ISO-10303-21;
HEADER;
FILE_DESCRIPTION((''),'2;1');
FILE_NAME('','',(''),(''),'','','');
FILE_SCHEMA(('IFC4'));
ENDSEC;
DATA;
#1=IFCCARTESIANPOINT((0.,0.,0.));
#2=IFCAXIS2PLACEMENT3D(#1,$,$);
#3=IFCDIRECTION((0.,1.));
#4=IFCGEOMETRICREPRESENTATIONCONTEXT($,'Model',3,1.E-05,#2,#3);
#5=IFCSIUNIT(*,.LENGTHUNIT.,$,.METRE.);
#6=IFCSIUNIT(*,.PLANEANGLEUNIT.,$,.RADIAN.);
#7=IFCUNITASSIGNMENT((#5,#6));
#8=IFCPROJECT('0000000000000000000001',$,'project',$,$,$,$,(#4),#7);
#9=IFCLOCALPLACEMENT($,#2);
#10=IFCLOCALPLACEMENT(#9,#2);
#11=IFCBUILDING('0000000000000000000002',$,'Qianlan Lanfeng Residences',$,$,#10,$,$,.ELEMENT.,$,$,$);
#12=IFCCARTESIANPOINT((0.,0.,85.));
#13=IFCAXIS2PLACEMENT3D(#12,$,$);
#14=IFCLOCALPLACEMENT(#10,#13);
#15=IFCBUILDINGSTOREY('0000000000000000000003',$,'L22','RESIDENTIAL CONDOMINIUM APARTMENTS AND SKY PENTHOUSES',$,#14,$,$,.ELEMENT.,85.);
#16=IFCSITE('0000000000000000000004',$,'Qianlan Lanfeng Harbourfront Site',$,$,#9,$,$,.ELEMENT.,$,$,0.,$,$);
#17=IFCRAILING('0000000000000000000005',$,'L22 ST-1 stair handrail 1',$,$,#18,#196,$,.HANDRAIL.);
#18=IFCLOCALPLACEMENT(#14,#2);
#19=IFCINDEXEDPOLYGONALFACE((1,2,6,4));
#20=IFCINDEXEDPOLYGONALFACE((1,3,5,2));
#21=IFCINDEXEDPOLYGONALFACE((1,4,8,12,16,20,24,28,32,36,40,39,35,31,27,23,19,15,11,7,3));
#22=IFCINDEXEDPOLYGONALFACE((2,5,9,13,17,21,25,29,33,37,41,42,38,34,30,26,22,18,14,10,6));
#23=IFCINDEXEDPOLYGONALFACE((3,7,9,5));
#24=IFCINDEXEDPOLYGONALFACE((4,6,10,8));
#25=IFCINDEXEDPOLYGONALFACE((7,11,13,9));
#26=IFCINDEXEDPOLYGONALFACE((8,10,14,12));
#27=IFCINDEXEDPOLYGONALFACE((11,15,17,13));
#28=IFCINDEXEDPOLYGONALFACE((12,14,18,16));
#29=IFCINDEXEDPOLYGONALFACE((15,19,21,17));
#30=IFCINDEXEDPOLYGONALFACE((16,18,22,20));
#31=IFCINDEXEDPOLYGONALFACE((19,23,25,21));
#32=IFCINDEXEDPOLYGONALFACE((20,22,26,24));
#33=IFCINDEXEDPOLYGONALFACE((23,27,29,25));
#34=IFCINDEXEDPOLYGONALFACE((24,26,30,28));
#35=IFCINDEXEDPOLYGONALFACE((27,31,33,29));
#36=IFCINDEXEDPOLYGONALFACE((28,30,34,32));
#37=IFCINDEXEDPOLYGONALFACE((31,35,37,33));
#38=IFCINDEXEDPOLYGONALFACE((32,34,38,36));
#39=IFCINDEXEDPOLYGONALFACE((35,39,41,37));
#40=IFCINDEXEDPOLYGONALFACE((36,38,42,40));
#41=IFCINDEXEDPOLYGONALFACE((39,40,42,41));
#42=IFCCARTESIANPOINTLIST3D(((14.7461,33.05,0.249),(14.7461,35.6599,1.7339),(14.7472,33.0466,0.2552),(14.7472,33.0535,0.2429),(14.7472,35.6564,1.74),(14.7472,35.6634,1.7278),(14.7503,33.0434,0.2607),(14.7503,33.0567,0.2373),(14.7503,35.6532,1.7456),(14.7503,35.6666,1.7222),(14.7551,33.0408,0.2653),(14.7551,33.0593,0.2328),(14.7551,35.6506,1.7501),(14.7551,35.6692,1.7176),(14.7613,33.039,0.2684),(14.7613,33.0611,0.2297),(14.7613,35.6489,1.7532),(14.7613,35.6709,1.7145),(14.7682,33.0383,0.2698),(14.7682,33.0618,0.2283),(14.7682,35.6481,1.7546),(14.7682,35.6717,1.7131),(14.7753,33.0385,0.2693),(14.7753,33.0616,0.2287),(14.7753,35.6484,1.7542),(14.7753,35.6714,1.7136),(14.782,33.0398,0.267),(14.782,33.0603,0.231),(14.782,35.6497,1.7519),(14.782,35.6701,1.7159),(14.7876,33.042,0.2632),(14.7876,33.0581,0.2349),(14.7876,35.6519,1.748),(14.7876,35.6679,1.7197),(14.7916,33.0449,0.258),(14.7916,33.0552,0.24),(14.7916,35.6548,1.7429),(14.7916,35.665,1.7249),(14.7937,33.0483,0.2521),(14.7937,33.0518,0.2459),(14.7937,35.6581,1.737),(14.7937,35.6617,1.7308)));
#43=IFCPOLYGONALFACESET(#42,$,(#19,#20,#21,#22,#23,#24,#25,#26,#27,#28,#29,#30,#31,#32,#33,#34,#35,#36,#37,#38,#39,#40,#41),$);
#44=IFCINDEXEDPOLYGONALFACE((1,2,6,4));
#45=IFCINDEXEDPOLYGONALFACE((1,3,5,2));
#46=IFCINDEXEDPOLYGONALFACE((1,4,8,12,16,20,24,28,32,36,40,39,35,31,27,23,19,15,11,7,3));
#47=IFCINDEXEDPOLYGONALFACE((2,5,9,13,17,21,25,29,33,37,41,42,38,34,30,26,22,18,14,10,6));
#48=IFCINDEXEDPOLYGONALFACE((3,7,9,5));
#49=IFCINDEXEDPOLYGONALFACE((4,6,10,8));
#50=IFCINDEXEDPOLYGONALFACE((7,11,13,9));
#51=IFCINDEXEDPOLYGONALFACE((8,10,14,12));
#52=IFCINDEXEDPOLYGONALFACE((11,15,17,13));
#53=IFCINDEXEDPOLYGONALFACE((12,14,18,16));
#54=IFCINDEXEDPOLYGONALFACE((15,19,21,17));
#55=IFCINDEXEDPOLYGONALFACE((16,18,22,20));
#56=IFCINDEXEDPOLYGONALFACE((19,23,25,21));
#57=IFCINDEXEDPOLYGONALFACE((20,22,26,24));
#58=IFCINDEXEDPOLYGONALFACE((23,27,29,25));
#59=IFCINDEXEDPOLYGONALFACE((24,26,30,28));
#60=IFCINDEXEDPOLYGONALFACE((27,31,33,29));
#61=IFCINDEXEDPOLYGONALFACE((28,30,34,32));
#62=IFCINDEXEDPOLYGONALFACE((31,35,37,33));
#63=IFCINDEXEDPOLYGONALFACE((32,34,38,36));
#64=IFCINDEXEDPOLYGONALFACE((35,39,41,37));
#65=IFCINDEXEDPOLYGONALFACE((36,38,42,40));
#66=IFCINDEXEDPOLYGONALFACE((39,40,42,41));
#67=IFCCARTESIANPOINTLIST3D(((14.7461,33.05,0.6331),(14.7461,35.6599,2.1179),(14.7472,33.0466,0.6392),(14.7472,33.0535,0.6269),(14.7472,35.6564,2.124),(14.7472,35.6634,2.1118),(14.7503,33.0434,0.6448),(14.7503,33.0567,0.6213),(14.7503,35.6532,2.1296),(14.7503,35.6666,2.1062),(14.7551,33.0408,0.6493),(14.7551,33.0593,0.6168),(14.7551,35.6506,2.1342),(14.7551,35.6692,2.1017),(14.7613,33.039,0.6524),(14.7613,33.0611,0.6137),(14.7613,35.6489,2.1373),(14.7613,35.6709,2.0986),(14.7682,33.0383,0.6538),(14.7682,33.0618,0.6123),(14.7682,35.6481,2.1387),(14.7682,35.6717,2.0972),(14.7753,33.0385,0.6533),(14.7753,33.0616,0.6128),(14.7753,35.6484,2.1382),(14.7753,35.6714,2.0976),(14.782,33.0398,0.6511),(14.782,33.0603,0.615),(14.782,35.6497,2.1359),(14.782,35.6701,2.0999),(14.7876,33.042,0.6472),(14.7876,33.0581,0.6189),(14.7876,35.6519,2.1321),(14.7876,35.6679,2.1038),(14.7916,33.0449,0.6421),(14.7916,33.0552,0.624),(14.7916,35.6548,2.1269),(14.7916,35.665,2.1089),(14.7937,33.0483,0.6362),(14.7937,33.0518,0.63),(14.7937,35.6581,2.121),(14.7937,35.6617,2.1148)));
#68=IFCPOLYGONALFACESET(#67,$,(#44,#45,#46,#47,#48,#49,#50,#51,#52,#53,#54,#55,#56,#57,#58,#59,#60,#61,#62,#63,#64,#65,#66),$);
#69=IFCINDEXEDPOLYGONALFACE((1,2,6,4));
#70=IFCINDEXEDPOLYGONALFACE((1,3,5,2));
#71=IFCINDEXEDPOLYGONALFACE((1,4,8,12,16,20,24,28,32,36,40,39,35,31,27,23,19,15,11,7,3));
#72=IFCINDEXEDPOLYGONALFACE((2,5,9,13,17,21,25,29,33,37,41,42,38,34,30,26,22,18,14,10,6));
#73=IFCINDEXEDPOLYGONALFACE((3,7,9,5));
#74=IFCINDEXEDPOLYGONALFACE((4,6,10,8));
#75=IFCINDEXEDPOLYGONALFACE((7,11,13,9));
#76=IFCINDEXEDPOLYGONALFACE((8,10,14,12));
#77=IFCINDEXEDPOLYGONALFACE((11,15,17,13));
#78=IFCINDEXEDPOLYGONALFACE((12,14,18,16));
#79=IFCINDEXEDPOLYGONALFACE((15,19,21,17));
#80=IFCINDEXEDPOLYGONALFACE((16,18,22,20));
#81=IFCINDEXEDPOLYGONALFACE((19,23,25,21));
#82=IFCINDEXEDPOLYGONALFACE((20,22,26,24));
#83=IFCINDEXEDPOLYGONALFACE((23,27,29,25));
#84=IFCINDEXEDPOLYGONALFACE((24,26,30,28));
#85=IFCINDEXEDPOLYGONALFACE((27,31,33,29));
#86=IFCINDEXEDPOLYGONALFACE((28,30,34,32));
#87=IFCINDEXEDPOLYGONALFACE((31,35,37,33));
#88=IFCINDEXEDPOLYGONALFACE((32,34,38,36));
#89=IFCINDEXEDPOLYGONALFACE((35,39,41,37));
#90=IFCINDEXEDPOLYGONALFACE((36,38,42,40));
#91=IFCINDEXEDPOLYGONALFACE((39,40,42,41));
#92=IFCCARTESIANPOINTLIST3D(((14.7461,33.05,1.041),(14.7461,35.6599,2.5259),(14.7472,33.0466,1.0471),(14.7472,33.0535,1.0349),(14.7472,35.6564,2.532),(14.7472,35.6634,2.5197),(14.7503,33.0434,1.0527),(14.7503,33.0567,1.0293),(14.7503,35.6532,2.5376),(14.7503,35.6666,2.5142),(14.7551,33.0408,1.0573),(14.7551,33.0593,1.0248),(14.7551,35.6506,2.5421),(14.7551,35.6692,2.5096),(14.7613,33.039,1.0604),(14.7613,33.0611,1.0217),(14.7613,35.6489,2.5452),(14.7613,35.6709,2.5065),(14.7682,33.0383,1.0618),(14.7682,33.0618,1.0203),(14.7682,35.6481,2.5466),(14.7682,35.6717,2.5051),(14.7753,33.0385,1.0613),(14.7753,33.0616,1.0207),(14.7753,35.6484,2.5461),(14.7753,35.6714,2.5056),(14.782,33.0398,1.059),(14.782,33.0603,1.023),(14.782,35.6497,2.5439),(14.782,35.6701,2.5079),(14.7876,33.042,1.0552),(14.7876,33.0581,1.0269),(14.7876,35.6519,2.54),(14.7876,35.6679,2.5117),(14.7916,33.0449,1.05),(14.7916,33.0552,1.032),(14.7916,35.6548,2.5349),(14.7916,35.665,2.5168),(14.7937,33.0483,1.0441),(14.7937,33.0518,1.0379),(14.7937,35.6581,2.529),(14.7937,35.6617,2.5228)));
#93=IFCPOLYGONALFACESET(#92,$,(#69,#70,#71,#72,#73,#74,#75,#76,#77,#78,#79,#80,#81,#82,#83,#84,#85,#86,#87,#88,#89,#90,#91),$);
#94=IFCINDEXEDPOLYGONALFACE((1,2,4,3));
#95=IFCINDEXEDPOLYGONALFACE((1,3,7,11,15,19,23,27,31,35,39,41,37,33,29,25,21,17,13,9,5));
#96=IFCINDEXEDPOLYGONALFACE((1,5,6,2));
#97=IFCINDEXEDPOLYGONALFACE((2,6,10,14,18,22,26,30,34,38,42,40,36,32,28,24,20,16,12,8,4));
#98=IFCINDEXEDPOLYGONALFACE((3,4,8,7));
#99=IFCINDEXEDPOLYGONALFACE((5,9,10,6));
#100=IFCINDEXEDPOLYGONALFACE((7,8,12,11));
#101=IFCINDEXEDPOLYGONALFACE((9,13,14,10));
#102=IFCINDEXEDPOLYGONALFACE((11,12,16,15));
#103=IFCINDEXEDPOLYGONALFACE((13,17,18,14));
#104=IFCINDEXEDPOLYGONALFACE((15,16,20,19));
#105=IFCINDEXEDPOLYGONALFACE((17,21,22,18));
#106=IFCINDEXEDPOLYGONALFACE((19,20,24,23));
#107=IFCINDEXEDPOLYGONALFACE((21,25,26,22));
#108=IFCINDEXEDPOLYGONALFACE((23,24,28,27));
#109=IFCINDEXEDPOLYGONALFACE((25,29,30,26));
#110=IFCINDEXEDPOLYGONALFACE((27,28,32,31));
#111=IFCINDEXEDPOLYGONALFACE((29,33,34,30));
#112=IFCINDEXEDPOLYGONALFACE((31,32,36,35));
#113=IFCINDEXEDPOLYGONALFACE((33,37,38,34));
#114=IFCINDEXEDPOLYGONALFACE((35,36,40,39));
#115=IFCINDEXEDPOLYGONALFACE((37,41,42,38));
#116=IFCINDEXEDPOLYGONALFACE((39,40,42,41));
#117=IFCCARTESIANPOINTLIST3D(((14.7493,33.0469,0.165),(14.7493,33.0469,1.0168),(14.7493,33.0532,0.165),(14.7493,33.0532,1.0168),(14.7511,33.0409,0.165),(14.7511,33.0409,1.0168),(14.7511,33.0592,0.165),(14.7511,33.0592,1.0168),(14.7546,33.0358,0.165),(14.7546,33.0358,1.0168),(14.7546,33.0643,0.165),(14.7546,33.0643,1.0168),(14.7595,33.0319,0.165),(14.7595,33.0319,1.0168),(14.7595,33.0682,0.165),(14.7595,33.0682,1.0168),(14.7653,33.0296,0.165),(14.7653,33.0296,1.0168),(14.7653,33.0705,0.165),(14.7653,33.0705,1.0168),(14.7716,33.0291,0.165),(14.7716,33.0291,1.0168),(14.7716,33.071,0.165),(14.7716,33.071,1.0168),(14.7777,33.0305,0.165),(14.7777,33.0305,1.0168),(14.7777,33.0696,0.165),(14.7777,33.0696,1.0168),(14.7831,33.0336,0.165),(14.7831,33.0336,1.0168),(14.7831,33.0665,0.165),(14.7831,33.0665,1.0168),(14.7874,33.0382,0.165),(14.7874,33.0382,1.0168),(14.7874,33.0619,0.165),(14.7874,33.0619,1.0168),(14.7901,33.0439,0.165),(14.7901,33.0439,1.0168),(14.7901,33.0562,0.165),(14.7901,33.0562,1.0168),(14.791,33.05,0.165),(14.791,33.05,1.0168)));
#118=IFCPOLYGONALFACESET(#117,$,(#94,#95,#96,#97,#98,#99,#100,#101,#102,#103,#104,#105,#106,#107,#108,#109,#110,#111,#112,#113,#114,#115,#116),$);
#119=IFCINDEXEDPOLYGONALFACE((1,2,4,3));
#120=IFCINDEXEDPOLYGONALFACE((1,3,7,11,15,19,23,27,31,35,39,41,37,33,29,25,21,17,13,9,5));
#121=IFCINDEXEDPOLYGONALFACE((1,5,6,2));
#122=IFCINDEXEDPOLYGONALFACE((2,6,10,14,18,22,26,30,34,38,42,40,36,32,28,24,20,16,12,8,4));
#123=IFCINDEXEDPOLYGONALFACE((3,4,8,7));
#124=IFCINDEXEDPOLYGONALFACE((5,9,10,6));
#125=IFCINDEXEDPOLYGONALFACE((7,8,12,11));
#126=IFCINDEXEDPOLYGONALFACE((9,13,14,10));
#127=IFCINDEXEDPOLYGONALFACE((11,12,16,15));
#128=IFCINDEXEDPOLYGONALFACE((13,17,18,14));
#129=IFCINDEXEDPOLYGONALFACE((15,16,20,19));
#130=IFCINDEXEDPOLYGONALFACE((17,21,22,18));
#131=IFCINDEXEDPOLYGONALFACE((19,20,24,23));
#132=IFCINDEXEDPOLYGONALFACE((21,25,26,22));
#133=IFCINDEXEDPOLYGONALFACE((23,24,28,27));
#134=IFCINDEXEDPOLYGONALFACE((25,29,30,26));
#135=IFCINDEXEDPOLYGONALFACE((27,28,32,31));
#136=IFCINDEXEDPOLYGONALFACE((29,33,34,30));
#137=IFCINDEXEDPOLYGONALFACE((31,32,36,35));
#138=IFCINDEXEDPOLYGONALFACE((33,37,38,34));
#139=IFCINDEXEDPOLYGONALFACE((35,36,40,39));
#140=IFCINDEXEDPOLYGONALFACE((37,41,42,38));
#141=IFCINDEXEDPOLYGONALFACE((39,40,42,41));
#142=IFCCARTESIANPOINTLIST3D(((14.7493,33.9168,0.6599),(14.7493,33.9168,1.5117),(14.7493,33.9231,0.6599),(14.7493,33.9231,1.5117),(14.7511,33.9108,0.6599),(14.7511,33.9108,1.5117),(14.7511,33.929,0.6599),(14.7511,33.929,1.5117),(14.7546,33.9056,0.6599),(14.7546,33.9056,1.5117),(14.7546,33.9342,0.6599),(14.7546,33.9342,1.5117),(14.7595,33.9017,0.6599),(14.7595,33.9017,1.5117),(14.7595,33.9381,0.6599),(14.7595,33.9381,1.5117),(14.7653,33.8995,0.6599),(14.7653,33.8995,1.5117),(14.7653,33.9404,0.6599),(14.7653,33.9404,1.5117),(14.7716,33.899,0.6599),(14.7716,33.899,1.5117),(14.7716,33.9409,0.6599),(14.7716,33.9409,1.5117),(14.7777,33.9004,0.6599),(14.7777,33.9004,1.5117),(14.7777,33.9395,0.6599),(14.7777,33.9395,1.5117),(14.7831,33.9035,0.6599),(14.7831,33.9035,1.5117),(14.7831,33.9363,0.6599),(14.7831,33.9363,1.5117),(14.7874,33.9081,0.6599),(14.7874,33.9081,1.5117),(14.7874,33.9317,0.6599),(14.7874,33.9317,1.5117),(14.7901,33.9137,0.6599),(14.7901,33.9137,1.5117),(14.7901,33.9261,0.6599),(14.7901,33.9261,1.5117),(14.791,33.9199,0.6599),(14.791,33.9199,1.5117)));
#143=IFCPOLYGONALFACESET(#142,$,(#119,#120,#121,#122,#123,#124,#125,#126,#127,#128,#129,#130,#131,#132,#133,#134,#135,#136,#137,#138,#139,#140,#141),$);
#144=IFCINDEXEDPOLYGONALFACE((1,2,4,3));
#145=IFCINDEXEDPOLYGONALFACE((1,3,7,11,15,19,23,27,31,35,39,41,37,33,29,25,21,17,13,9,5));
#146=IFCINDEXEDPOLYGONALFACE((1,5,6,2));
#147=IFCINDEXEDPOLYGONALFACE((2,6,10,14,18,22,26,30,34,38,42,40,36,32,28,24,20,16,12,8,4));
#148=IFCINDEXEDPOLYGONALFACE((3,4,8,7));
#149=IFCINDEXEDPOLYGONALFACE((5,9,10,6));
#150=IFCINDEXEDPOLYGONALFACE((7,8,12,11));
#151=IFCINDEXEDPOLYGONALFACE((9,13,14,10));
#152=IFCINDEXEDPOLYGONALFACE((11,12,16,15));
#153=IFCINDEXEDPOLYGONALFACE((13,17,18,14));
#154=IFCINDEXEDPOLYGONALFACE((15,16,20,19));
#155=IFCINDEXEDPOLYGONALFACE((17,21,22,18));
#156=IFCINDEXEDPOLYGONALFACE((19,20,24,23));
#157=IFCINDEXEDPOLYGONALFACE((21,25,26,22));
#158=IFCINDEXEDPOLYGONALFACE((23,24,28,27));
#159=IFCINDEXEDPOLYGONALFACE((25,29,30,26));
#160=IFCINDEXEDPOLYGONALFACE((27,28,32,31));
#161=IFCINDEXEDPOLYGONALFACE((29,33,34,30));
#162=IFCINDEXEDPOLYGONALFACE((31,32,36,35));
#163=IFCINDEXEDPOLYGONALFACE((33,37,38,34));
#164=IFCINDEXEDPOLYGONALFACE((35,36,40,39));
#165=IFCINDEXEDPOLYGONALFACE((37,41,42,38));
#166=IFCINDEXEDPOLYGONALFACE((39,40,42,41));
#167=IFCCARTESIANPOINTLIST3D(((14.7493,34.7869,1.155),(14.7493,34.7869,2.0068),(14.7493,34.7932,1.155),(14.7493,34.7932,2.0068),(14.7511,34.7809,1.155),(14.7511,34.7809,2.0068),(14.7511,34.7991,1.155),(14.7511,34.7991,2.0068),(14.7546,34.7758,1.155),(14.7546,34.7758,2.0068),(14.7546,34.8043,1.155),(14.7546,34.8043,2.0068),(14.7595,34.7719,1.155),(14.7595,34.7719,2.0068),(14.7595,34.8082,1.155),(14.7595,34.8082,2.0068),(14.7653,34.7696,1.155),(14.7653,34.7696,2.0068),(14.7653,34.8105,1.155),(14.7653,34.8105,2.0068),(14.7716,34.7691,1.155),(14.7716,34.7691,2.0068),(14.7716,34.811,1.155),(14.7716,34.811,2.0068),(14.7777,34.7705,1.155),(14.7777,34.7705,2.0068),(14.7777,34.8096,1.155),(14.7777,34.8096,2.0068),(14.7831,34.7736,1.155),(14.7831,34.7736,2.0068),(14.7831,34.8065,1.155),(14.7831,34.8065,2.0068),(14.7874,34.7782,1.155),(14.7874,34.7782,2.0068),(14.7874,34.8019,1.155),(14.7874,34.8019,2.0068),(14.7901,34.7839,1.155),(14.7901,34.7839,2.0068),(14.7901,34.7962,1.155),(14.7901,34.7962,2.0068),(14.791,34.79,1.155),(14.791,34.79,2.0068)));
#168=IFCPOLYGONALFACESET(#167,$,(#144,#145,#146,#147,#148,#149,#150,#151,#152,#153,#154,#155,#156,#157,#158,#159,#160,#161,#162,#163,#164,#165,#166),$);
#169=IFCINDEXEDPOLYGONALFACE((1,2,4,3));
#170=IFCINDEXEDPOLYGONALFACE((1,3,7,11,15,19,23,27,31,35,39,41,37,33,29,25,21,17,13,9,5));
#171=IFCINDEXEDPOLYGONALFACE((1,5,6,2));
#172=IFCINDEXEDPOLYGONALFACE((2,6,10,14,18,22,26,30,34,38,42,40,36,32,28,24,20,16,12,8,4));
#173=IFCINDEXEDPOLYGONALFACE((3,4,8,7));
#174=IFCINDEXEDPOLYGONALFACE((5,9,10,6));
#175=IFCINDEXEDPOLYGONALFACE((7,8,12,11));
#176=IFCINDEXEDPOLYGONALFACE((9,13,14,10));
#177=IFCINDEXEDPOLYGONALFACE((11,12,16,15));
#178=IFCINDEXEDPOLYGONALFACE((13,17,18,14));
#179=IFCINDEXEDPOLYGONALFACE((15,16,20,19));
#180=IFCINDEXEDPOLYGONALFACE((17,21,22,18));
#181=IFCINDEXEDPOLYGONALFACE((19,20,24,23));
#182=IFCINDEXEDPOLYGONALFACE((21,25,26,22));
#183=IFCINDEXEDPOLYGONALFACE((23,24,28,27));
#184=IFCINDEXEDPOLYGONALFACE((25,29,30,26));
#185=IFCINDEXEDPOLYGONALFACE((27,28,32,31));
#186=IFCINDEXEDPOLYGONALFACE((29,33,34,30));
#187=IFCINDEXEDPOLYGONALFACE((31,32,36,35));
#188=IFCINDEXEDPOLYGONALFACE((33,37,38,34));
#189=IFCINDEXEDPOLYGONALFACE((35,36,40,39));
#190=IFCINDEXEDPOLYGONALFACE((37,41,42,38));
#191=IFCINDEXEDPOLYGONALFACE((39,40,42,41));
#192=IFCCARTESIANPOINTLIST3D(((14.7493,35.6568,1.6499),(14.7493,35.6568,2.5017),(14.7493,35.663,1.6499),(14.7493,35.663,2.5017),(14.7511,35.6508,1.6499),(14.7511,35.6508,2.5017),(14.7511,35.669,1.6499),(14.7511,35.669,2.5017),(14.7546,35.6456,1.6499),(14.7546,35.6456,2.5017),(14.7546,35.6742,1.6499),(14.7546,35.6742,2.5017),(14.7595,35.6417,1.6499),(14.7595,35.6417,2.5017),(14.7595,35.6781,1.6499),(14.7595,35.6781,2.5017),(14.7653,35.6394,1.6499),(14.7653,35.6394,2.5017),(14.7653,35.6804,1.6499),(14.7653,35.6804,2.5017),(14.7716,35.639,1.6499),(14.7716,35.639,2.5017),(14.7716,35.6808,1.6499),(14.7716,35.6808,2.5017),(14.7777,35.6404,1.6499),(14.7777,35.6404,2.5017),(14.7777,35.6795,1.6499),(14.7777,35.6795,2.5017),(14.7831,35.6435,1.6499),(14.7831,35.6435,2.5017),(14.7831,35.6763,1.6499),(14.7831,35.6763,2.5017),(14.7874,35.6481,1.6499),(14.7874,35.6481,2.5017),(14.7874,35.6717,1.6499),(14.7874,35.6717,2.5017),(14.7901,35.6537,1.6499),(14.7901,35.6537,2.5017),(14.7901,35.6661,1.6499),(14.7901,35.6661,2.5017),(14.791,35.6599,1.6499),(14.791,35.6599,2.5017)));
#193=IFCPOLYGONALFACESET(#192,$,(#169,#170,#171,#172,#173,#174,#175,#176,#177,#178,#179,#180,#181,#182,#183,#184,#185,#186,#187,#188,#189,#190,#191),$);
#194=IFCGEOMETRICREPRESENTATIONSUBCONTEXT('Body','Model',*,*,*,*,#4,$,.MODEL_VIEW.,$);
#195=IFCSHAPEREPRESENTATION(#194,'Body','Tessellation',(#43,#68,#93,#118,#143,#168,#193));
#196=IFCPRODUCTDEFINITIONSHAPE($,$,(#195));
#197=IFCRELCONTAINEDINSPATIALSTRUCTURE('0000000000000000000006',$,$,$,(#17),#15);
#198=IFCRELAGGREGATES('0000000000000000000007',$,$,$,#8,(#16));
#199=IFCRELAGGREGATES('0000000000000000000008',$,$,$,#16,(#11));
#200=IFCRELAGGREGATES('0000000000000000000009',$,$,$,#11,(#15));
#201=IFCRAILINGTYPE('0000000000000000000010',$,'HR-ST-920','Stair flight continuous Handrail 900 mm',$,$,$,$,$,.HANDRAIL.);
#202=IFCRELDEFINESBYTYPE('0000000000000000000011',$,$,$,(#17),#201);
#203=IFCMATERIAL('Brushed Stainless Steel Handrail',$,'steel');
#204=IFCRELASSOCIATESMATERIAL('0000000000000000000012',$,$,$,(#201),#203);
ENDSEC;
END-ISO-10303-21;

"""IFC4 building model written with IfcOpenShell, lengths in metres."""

from ifc_helpers import new_model, si_unit, direction, frame, origin, origin_2d, place, context, subcontext, project, spatial, circle, extrude, material, type_object, element, save


model = new_model("IFC4")

# Units and contexts
model_context = context("Model", 3, precision=1e-05, world=origin(), true_north=direction((0.0, 1.0)))
body_context = subcontext(model_context, "Body", "Model", "MODEL_VIEW")
ifc_project = project(units=[si_unit("LENGTHUNIT", "METRE"), si_unit("PLANEANGLEUNIT", "RADIAN")], contexts=[model_context])

# Site, building, storey
site_placement = place(None, origin())
site = spatial("IfcSite", under=ifc_project, at=site_placement, Name="Qianlan Lanfeng Harbourfront Site", CompositionType="ELEMENT", RefElevation=0.0)
building_placement = place(site_placement, origin())
building = spatial("IfcBuilding", under=site, at=building_placement, Name="Qianlan Lanfeng Residences", CompositionType="ELEMENT")
storey_placement = place(building_placement, frame((0.0, 0.0, 85.0)))
storey = spatial("IfcBuildingStorey", under=building, at=storey_placement, Name="L22", Description="RESIDENTIAL CONDOMINIUM APARTMENTS AND SKY PENTHOUSES", CompositionType="ELEMENT", Elevation=85.0)

# Railing
ifc_material_1 = material(Name="Brushed Stainless Steel Handrail", Category="steel")
railing_type_1 = type_object("IfcRailingType", Name="HR-ST-920", Description="Stair flight continuous Handrail 900 mm", PredefinedType="HANDRAIL", material=ifc_material_1)
railing_1_placement = place(storey_placement, frame((14.77, 33.05, 0.165)))
element("IfcRailing", 1, at=railing_1_placement, inside=storey, type_object=railing_type_1, Name="L22 ST-1 stair handrail 1", PredefinedType="HANDRAIL", context=body_context, shape_type="SweptSolid", body=[
    extrude(circle(Radius=0.0239, at=origin_2d()), frame((0.0, 0.0, 0.084), z_axis=(0.0, 0.869172, 0.494509), x_axis=(-1.0, 0.0, 0.0)), (0.0, 0.0, 1.0), 3.0027),
    extrude(circle(Radius=0.0239, at=origin_2d()), frame((0.0, 0.0, 0.468), z_axis=(0.0, 0.869172, 0.494509), x_axis=(-1.0, 0.0, 0.0)), (0.0, 0.0, 1.0), 3.0027),
    extrude(circle(Radius=0.0239, at=origin_2d()), frame((0.0, 0.0, 0.876), z_axis=(0.0, 0.869172, 0.494509), x_axis=(-1.0, 0.0, 0.0)), (0.0, 0.0, 1.0), 3.0027),
    extrude(circle(Radius=0.021, at=origin_2d()), origin(), (0.0, 0.0, 1.0), 0.8518),
    extrude(circle(Radius=0.021, at=origin_2d()), frame((0.0, 0.8699, 0.4949)), (0.0, 0.0, 1.0), 0.8518),
    extrude(circle(Radius=0.021, at=origin_2d()), frame((0.0, 1.74, 0.99)), (0.0, 0.0, 1.0), 0.8518),
    extrude(circle(Radius=0.021, at=origin_2d()), frame((0.0, 2.6099, 1.4849)), (0.0, 0.0, 1.0), 0.8518),
])

save(model, "model.ifc")
